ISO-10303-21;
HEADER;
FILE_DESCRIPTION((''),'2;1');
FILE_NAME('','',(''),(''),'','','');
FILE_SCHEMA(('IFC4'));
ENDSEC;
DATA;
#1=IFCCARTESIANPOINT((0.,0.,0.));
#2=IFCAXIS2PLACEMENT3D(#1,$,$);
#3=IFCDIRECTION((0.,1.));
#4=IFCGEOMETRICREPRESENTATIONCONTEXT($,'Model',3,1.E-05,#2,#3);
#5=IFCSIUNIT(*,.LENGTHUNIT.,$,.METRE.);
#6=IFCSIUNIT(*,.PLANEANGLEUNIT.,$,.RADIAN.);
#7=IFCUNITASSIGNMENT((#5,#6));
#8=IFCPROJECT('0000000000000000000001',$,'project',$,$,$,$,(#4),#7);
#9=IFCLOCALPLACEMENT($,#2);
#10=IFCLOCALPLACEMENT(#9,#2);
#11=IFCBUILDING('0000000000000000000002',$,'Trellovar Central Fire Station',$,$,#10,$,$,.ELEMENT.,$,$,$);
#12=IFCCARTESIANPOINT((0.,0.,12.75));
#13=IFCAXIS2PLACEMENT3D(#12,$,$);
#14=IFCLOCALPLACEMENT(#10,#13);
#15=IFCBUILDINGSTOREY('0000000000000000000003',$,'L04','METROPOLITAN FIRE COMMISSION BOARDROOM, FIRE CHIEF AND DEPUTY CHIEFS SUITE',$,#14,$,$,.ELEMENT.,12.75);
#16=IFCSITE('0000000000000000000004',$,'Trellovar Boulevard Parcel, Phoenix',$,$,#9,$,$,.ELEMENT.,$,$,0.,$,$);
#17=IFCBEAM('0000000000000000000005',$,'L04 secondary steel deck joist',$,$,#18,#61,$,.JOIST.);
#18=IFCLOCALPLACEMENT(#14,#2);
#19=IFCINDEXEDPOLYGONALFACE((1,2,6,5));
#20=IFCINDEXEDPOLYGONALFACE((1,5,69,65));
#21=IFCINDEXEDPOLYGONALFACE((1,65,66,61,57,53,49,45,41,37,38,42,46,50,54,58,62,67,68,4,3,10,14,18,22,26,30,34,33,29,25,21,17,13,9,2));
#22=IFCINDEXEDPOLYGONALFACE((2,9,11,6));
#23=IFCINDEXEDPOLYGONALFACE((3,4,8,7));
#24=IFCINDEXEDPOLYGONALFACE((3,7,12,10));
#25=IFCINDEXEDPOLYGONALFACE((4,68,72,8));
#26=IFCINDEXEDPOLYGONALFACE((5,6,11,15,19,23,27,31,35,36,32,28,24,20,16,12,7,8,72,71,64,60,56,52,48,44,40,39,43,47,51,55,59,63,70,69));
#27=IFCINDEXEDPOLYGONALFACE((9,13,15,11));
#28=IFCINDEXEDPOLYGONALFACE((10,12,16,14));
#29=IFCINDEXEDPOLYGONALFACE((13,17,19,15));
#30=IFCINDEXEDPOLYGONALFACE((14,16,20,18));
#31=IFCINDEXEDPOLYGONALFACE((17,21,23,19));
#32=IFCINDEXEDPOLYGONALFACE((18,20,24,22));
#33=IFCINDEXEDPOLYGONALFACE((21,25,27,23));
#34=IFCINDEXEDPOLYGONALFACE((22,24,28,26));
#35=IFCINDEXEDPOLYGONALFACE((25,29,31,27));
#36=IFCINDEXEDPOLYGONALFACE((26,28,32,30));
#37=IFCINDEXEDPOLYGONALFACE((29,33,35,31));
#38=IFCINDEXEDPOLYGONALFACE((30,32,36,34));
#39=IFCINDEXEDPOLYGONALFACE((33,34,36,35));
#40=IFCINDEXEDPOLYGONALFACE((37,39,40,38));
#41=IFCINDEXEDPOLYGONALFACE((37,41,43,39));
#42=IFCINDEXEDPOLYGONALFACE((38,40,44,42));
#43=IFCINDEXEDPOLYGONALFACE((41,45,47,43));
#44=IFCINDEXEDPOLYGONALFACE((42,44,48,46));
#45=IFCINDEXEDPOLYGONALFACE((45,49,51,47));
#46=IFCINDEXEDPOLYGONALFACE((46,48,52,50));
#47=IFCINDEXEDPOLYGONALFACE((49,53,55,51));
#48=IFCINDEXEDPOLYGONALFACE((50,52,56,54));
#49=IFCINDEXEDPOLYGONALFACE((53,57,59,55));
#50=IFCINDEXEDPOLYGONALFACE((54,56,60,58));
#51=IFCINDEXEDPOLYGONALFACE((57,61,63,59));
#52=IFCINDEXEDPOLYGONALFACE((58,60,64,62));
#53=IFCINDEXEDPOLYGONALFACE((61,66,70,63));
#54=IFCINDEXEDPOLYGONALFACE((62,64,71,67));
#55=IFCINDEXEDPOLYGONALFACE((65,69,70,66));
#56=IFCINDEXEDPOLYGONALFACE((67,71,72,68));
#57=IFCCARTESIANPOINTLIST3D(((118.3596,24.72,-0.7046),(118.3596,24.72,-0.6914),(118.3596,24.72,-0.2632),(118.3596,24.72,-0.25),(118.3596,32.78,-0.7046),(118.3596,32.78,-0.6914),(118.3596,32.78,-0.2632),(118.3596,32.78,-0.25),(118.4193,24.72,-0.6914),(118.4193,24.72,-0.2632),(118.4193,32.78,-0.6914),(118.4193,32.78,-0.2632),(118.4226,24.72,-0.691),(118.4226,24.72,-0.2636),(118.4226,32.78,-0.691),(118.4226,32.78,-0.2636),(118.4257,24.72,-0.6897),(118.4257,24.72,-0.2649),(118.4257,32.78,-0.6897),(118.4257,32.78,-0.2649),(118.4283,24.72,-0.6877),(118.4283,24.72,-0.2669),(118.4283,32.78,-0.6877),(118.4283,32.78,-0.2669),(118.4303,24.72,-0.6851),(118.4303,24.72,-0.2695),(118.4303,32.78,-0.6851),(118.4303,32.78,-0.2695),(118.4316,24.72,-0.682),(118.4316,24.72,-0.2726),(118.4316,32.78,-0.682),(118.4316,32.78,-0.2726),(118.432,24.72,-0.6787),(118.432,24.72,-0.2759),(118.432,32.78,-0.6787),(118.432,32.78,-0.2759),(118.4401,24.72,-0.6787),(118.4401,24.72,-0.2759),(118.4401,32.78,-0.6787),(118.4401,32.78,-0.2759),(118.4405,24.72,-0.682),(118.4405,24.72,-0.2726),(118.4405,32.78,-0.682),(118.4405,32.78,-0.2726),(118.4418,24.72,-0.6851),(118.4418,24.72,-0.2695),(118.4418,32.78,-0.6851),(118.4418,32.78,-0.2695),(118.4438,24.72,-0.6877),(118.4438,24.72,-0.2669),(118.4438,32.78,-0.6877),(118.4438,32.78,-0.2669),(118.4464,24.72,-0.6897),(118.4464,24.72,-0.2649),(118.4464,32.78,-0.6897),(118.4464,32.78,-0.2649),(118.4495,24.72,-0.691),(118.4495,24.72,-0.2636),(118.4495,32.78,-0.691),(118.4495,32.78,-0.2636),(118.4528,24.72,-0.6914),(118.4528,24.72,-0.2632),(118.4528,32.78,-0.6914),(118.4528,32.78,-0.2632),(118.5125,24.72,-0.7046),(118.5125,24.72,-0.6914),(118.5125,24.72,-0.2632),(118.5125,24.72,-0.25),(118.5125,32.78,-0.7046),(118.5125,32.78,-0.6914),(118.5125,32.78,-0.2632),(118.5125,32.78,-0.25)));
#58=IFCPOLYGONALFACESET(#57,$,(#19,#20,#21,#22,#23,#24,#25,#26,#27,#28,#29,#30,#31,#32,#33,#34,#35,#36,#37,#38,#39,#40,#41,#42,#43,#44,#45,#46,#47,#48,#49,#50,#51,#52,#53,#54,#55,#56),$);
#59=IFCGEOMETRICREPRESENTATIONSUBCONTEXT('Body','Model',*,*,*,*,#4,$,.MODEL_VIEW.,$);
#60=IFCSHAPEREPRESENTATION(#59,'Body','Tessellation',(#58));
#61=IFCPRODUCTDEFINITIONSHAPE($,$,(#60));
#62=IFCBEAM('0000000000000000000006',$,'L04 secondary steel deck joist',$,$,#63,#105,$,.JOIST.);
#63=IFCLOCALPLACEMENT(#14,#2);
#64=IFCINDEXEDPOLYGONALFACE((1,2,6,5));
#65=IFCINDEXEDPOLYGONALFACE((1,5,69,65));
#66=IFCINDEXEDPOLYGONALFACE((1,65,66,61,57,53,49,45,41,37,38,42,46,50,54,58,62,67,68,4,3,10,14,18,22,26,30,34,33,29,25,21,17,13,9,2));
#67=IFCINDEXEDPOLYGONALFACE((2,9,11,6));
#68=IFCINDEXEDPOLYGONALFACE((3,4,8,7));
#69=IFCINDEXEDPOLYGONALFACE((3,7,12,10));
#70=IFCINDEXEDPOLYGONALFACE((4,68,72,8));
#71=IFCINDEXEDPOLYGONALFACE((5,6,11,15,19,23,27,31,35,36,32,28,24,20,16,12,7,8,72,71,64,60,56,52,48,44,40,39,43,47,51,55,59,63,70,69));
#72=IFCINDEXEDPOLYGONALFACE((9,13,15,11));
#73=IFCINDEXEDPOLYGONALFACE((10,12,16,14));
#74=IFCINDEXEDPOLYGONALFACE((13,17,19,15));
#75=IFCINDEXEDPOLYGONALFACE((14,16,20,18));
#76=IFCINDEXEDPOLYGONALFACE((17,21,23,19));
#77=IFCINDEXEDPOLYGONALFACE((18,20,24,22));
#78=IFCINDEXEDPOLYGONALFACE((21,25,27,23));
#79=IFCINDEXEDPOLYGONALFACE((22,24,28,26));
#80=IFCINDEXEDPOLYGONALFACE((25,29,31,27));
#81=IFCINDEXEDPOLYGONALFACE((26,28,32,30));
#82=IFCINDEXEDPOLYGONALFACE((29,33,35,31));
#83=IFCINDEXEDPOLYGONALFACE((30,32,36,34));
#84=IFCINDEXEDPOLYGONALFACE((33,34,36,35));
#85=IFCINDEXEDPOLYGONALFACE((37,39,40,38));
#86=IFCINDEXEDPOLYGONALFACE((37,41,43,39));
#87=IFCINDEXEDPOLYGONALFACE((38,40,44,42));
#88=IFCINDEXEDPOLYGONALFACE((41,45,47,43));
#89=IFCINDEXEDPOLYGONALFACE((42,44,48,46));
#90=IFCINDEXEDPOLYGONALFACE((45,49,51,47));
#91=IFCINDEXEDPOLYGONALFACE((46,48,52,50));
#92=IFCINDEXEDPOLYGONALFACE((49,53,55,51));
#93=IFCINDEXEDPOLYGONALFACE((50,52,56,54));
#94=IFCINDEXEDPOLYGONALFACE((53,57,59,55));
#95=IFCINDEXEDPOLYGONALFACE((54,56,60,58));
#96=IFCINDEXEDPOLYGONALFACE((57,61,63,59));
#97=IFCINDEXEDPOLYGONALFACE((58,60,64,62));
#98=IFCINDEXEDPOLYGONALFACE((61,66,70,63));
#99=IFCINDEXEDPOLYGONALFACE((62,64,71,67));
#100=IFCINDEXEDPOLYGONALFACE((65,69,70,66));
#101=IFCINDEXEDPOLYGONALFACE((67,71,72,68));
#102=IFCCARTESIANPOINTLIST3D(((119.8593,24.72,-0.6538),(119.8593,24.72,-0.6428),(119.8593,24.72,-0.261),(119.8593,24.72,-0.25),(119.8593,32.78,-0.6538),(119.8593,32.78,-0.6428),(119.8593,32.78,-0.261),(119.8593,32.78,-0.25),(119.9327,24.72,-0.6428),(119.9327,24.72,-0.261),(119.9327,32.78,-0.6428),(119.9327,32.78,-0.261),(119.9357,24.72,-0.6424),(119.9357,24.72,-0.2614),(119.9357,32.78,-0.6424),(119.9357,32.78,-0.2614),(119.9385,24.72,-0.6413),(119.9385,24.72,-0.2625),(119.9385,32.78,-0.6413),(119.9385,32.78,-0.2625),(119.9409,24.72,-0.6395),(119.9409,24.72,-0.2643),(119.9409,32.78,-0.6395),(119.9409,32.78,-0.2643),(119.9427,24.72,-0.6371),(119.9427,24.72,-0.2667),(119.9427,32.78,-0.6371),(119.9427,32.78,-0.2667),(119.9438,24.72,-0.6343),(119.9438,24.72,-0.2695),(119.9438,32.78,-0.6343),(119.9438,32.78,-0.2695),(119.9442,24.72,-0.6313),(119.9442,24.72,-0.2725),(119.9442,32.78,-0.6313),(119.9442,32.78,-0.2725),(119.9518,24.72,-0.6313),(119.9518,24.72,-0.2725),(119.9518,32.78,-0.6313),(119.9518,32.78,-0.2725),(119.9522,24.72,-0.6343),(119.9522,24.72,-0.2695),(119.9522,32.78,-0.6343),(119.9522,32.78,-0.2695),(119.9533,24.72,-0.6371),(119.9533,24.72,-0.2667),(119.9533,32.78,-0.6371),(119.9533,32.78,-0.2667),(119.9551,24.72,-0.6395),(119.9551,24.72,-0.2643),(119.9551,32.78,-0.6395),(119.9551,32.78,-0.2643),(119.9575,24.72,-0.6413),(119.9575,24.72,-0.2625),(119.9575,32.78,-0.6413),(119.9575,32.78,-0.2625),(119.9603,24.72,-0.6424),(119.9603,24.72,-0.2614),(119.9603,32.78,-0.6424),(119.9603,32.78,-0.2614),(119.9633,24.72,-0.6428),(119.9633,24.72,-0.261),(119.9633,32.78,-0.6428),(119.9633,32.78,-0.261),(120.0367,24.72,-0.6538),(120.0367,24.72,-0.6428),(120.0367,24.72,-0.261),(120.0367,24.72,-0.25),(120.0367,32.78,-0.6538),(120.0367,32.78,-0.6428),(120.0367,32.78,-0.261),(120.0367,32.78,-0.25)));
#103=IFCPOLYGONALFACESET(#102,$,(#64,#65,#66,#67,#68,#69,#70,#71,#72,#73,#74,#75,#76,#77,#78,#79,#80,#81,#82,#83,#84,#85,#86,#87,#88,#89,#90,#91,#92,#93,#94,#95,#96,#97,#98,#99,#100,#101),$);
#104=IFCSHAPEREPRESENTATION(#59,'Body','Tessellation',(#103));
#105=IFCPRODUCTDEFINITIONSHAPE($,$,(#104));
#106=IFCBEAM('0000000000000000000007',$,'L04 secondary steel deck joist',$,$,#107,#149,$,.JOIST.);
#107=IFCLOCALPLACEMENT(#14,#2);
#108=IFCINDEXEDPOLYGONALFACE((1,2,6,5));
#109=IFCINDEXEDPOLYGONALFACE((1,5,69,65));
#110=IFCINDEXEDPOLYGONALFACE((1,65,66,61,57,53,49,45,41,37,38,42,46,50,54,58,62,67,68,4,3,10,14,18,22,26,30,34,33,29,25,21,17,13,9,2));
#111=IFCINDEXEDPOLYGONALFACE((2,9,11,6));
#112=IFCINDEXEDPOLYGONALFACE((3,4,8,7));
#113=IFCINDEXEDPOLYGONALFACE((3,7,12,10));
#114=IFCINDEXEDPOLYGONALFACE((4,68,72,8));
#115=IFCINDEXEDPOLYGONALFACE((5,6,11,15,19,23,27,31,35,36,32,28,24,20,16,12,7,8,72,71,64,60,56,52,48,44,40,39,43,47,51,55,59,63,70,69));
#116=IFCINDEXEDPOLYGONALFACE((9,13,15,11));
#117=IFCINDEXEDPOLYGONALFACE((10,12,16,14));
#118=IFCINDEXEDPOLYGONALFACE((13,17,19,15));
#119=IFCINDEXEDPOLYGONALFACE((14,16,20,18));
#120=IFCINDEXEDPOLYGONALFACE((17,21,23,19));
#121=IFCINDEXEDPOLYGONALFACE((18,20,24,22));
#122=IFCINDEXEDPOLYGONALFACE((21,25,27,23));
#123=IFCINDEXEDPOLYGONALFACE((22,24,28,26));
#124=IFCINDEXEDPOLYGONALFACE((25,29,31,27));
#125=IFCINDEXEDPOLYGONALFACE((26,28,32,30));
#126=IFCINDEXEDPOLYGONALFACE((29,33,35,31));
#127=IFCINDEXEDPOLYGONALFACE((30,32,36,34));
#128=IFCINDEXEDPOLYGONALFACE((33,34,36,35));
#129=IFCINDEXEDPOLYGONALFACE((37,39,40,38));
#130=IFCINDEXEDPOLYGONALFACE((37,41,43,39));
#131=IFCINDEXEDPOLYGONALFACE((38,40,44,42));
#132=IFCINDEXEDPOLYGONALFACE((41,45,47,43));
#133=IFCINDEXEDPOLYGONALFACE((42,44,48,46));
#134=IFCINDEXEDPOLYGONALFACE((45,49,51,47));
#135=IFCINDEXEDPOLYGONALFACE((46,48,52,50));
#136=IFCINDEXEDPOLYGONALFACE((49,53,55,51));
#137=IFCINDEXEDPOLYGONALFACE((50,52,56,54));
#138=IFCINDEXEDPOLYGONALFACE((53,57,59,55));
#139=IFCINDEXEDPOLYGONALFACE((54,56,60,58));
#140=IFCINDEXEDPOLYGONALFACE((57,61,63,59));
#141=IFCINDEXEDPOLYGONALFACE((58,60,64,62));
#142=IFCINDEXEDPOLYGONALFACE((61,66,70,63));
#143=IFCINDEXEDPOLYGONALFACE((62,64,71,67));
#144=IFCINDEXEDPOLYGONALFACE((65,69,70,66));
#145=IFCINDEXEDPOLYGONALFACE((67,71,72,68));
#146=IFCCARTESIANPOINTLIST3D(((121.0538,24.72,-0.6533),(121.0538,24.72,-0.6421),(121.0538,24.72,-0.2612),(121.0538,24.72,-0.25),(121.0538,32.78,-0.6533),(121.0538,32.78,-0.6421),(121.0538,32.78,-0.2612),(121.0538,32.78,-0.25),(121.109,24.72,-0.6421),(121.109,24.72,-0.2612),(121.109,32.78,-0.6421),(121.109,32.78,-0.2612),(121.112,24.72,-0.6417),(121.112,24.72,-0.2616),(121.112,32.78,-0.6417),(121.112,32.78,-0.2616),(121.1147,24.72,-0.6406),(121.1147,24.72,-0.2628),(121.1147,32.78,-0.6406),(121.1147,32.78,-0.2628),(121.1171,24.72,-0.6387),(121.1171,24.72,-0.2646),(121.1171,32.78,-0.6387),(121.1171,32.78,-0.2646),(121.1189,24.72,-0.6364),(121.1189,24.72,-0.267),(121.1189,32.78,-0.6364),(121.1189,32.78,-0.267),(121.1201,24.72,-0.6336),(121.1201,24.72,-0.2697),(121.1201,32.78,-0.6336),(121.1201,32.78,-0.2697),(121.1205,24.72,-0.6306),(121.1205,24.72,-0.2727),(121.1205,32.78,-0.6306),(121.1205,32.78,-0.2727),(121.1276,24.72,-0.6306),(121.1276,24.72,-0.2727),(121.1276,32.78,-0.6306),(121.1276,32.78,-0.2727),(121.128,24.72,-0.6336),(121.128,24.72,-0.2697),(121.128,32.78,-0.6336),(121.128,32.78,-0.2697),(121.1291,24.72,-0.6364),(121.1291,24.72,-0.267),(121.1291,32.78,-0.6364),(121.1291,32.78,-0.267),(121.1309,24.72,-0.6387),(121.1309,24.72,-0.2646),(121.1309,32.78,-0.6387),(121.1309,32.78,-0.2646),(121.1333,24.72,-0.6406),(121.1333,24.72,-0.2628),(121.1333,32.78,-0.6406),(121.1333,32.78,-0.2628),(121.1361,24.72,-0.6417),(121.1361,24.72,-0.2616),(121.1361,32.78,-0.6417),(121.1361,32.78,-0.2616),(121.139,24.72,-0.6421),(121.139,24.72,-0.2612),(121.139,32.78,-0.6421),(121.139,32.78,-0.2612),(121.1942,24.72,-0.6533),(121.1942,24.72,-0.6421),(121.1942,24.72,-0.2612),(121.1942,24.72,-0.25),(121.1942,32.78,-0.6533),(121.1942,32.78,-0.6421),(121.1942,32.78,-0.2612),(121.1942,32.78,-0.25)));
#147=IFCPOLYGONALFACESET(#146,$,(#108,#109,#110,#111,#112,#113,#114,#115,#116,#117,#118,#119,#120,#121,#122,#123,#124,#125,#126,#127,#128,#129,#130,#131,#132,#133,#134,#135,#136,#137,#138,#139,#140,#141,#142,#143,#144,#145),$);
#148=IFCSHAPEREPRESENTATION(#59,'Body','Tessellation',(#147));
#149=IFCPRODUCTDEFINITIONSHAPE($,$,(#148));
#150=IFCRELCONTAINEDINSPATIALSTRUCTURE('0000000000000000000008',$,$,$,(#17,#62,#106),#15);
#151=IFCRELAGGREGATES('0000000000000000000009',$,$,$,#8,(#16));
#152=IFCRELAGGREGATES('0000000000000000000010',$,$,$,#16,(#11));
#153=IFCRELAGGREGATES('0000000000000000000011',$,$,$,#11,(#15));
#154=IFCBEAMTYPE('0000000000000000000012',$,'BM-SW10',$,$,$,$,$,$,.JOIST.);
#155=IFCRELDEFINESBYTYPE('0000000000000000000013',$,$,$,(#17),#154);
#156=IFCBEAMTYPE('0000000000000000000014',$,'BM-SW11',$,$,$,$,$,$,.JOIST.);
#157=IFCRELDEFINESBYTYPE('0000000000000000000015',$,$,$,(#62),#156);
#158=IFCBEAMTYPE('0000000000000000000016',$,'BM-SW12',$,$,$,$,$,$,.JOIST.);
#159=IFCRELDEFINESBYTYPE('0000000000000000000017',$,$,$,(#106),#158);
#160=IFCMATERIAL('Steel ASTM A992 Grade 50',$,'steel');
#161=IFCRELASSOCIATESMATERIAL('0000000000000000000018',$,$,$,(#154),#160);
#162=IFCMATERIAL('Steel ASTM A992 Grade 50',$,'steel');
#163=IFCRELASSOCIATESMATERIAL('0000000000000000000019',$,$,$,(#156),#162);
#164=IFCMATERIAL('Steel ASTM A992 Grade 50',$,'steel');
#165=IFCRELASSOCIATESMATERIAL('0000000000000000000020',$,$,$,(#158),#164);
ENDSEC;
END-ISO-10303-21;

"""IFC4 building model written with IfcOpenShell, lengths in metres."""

from ifc_helpers import new_model, si_unit, direction, frame, origin, origin_2d, place, context, subcontext, project, spatial, i_section, extrude, material, material_profile, profile_set, type_object, element, save


model = new_model("IFC4")

# Units and contexts
model_context = context("Model", 3, precision=1e-05, world=origin(), true_north=direction((0.0, 1.0)))
body_context = subcontext(model_context, "Body", "Model", "MODEL_VIEW")
ifc_project = project(units=[si_unit("LENGTHUNIT", "METRE"), si_unit("PLANEANGLEUNIT", "RADIAN")], contexts=[model_context])

# Site, building, storey
site_placement = place(None, origin())
site = spatial("IfcSite", under=ifc_project, at=site_placement, Name="Trellovar Boulevard Parcel, Phoenix", CompositionType="ELEMENT", RefElevation=0.0)
building_placement = place(site_placement, origin())
building = spatial("IfcBuilding", under=site, at=building_placement, Name="Trellovar Central Fire Station", CompositionType="ELEMENT")
storey_placement = place(building_placement, frame((0.0, 0.0, 12.75)))
storey = spatial("IfcBuildingStorey", under=building, at=storey_placement, Name="L04", Description="METROPOLITAN FIRE COMMISSION BOARDROOM, FIRE CHIEF AND DEPUTY CHIEFS SUITE", CompositionType="ELEMENT", Elevation=12.75)

# Beams
ifc_material_1 = material(Name="Steel ASTM A992 Grade 50", Category="steel")
ifc_material_profile_1 = material_profile(ifc_material_1, i_section(OverallWidth=0.1528, OverallDepth=0.4546, WebThickness=0.0081, FlangeThickness=0.0132, FilletRadius=0.0127, at=origin_2d()), Name="W18X40")
ifc_profile_set_1 = profile_set([ifc_material_profile_1], Name="Steel ASTM A992 Grade 50")
beam_type_1 = type_object("IfcBeamType", Name="BM-SW10", PredefinedType="JOIST", material=ifc_profile_set_1)
beam_1_placement = place(storey_placement, frame((118.436, 24.72, -0.4773), z_axis=(0.0, 1.0, 0.0), x_axis=(-1.0, 0.0, 0.0)))
element("IfcBeam", 1, at=beam_1_placement, inside=storey, type_object=beam_type_1, Name="L04 secondary steel deck joist", PredefinedType="JOIST", context=body_context, shape_type="SweptSolid", body=[
    extrude(i_section(OverallWidth=0.1528, OverallDepth=0.4546, WebThickness=0.0081, FlangeThickness=0.0132, FilletRadius=0.0127, at=origin_2d()), origin(), (0.0, 0.0, 1.0), 8.0601),
])
ifc_material_2 = material(Name="Steel ASTM A992 Grade 50", Category="steel")
ifc_material_profile_2 = material_profile(ifc_material_2, i_section(OverallWidth=0.1775, OverallDepth=0.4038, WebThickness=0.0076, FlangeThickness=0.011, FilletRadius=0.0115, at=origin_2d()), Name="W16X36")
ifc_profile_set_2 = profile_set([ifc_material_profile_2], Name="Steel ASTM A992 Grade 50")
beam_type_2 = type_object("IfcBeamType", Name="BM-SW11", PredefinedType="JOIST", material=ifc_profile_set_2)
beam_2_placement = place(storey_placement, frame((119.948, 24.72, -0.4519), z_axis=(0.0, 1.0, 0.0), x_axis=(-1.0, 0.0, 0.0)))
element("IfcBeam", 2, at=beam_2_placement, inside=storey, type_object=beam_type_2, Name="L04 secondary steel deck joist", PredefinedType="JOIST", context=body_context, shape_type="SweptSolid", body=[
    extrude(i_section(OverallWidth=0.1775, OverallDepth=0.4038, WebThickness=0.0076, FlangeThickness=0.011, FilletRadius=0.0115, at=origin_2d()), origin(), (0.0, 0.0, 1.0), 8.0601),
])
ifc_material_3 = material(Name="Steel ASTM A992 Grade 50", Category="steel")
ifc_material_profile_3 = material_profile(ifc_material_3, i_section(OverallWidth=0.1404, OverallDepth=0.4033, WebThickness=0.0071, FlangeThickness=0.0112, FilletRadius=0.0115, at=origin_2d()), Name="W16X31")
ifc_profile_set_3 = profile_set([ifc_material_profile_3], Name="Steel ASTM A992 Grade 50")
beam_type_3 = type_object("IfcBeamType", Name="BM-SW12", PredefinedType="JOIST", material=ifc_profile_set_3)
beam_3_placement = place(storey_placement, frame((121.124, 24.72, -0.4517), z_axis=(0.0, 1.0, 0.0), x_axis=(-1.0, 0.0, 0.0)))
element("IfcBeam", 3, at=beam_3_placement, inside=storey, type_object=beam_type_3, Name="L04 secondary steel deck joist", PredefinedType="JOIST", context=body_context, shape_type="SweptSolid", body=[
    extrude(i_section(OverallWidth=0.1404, OverallDepth=0.4033, WebThickness=0.0071, FlangeThickness=0.0112, FilletRadius=0.0115, at=origin_2d()), origin(), (0.0, 0.0, 1.0), 8.0601),
])

save(model, "model.ifc")
